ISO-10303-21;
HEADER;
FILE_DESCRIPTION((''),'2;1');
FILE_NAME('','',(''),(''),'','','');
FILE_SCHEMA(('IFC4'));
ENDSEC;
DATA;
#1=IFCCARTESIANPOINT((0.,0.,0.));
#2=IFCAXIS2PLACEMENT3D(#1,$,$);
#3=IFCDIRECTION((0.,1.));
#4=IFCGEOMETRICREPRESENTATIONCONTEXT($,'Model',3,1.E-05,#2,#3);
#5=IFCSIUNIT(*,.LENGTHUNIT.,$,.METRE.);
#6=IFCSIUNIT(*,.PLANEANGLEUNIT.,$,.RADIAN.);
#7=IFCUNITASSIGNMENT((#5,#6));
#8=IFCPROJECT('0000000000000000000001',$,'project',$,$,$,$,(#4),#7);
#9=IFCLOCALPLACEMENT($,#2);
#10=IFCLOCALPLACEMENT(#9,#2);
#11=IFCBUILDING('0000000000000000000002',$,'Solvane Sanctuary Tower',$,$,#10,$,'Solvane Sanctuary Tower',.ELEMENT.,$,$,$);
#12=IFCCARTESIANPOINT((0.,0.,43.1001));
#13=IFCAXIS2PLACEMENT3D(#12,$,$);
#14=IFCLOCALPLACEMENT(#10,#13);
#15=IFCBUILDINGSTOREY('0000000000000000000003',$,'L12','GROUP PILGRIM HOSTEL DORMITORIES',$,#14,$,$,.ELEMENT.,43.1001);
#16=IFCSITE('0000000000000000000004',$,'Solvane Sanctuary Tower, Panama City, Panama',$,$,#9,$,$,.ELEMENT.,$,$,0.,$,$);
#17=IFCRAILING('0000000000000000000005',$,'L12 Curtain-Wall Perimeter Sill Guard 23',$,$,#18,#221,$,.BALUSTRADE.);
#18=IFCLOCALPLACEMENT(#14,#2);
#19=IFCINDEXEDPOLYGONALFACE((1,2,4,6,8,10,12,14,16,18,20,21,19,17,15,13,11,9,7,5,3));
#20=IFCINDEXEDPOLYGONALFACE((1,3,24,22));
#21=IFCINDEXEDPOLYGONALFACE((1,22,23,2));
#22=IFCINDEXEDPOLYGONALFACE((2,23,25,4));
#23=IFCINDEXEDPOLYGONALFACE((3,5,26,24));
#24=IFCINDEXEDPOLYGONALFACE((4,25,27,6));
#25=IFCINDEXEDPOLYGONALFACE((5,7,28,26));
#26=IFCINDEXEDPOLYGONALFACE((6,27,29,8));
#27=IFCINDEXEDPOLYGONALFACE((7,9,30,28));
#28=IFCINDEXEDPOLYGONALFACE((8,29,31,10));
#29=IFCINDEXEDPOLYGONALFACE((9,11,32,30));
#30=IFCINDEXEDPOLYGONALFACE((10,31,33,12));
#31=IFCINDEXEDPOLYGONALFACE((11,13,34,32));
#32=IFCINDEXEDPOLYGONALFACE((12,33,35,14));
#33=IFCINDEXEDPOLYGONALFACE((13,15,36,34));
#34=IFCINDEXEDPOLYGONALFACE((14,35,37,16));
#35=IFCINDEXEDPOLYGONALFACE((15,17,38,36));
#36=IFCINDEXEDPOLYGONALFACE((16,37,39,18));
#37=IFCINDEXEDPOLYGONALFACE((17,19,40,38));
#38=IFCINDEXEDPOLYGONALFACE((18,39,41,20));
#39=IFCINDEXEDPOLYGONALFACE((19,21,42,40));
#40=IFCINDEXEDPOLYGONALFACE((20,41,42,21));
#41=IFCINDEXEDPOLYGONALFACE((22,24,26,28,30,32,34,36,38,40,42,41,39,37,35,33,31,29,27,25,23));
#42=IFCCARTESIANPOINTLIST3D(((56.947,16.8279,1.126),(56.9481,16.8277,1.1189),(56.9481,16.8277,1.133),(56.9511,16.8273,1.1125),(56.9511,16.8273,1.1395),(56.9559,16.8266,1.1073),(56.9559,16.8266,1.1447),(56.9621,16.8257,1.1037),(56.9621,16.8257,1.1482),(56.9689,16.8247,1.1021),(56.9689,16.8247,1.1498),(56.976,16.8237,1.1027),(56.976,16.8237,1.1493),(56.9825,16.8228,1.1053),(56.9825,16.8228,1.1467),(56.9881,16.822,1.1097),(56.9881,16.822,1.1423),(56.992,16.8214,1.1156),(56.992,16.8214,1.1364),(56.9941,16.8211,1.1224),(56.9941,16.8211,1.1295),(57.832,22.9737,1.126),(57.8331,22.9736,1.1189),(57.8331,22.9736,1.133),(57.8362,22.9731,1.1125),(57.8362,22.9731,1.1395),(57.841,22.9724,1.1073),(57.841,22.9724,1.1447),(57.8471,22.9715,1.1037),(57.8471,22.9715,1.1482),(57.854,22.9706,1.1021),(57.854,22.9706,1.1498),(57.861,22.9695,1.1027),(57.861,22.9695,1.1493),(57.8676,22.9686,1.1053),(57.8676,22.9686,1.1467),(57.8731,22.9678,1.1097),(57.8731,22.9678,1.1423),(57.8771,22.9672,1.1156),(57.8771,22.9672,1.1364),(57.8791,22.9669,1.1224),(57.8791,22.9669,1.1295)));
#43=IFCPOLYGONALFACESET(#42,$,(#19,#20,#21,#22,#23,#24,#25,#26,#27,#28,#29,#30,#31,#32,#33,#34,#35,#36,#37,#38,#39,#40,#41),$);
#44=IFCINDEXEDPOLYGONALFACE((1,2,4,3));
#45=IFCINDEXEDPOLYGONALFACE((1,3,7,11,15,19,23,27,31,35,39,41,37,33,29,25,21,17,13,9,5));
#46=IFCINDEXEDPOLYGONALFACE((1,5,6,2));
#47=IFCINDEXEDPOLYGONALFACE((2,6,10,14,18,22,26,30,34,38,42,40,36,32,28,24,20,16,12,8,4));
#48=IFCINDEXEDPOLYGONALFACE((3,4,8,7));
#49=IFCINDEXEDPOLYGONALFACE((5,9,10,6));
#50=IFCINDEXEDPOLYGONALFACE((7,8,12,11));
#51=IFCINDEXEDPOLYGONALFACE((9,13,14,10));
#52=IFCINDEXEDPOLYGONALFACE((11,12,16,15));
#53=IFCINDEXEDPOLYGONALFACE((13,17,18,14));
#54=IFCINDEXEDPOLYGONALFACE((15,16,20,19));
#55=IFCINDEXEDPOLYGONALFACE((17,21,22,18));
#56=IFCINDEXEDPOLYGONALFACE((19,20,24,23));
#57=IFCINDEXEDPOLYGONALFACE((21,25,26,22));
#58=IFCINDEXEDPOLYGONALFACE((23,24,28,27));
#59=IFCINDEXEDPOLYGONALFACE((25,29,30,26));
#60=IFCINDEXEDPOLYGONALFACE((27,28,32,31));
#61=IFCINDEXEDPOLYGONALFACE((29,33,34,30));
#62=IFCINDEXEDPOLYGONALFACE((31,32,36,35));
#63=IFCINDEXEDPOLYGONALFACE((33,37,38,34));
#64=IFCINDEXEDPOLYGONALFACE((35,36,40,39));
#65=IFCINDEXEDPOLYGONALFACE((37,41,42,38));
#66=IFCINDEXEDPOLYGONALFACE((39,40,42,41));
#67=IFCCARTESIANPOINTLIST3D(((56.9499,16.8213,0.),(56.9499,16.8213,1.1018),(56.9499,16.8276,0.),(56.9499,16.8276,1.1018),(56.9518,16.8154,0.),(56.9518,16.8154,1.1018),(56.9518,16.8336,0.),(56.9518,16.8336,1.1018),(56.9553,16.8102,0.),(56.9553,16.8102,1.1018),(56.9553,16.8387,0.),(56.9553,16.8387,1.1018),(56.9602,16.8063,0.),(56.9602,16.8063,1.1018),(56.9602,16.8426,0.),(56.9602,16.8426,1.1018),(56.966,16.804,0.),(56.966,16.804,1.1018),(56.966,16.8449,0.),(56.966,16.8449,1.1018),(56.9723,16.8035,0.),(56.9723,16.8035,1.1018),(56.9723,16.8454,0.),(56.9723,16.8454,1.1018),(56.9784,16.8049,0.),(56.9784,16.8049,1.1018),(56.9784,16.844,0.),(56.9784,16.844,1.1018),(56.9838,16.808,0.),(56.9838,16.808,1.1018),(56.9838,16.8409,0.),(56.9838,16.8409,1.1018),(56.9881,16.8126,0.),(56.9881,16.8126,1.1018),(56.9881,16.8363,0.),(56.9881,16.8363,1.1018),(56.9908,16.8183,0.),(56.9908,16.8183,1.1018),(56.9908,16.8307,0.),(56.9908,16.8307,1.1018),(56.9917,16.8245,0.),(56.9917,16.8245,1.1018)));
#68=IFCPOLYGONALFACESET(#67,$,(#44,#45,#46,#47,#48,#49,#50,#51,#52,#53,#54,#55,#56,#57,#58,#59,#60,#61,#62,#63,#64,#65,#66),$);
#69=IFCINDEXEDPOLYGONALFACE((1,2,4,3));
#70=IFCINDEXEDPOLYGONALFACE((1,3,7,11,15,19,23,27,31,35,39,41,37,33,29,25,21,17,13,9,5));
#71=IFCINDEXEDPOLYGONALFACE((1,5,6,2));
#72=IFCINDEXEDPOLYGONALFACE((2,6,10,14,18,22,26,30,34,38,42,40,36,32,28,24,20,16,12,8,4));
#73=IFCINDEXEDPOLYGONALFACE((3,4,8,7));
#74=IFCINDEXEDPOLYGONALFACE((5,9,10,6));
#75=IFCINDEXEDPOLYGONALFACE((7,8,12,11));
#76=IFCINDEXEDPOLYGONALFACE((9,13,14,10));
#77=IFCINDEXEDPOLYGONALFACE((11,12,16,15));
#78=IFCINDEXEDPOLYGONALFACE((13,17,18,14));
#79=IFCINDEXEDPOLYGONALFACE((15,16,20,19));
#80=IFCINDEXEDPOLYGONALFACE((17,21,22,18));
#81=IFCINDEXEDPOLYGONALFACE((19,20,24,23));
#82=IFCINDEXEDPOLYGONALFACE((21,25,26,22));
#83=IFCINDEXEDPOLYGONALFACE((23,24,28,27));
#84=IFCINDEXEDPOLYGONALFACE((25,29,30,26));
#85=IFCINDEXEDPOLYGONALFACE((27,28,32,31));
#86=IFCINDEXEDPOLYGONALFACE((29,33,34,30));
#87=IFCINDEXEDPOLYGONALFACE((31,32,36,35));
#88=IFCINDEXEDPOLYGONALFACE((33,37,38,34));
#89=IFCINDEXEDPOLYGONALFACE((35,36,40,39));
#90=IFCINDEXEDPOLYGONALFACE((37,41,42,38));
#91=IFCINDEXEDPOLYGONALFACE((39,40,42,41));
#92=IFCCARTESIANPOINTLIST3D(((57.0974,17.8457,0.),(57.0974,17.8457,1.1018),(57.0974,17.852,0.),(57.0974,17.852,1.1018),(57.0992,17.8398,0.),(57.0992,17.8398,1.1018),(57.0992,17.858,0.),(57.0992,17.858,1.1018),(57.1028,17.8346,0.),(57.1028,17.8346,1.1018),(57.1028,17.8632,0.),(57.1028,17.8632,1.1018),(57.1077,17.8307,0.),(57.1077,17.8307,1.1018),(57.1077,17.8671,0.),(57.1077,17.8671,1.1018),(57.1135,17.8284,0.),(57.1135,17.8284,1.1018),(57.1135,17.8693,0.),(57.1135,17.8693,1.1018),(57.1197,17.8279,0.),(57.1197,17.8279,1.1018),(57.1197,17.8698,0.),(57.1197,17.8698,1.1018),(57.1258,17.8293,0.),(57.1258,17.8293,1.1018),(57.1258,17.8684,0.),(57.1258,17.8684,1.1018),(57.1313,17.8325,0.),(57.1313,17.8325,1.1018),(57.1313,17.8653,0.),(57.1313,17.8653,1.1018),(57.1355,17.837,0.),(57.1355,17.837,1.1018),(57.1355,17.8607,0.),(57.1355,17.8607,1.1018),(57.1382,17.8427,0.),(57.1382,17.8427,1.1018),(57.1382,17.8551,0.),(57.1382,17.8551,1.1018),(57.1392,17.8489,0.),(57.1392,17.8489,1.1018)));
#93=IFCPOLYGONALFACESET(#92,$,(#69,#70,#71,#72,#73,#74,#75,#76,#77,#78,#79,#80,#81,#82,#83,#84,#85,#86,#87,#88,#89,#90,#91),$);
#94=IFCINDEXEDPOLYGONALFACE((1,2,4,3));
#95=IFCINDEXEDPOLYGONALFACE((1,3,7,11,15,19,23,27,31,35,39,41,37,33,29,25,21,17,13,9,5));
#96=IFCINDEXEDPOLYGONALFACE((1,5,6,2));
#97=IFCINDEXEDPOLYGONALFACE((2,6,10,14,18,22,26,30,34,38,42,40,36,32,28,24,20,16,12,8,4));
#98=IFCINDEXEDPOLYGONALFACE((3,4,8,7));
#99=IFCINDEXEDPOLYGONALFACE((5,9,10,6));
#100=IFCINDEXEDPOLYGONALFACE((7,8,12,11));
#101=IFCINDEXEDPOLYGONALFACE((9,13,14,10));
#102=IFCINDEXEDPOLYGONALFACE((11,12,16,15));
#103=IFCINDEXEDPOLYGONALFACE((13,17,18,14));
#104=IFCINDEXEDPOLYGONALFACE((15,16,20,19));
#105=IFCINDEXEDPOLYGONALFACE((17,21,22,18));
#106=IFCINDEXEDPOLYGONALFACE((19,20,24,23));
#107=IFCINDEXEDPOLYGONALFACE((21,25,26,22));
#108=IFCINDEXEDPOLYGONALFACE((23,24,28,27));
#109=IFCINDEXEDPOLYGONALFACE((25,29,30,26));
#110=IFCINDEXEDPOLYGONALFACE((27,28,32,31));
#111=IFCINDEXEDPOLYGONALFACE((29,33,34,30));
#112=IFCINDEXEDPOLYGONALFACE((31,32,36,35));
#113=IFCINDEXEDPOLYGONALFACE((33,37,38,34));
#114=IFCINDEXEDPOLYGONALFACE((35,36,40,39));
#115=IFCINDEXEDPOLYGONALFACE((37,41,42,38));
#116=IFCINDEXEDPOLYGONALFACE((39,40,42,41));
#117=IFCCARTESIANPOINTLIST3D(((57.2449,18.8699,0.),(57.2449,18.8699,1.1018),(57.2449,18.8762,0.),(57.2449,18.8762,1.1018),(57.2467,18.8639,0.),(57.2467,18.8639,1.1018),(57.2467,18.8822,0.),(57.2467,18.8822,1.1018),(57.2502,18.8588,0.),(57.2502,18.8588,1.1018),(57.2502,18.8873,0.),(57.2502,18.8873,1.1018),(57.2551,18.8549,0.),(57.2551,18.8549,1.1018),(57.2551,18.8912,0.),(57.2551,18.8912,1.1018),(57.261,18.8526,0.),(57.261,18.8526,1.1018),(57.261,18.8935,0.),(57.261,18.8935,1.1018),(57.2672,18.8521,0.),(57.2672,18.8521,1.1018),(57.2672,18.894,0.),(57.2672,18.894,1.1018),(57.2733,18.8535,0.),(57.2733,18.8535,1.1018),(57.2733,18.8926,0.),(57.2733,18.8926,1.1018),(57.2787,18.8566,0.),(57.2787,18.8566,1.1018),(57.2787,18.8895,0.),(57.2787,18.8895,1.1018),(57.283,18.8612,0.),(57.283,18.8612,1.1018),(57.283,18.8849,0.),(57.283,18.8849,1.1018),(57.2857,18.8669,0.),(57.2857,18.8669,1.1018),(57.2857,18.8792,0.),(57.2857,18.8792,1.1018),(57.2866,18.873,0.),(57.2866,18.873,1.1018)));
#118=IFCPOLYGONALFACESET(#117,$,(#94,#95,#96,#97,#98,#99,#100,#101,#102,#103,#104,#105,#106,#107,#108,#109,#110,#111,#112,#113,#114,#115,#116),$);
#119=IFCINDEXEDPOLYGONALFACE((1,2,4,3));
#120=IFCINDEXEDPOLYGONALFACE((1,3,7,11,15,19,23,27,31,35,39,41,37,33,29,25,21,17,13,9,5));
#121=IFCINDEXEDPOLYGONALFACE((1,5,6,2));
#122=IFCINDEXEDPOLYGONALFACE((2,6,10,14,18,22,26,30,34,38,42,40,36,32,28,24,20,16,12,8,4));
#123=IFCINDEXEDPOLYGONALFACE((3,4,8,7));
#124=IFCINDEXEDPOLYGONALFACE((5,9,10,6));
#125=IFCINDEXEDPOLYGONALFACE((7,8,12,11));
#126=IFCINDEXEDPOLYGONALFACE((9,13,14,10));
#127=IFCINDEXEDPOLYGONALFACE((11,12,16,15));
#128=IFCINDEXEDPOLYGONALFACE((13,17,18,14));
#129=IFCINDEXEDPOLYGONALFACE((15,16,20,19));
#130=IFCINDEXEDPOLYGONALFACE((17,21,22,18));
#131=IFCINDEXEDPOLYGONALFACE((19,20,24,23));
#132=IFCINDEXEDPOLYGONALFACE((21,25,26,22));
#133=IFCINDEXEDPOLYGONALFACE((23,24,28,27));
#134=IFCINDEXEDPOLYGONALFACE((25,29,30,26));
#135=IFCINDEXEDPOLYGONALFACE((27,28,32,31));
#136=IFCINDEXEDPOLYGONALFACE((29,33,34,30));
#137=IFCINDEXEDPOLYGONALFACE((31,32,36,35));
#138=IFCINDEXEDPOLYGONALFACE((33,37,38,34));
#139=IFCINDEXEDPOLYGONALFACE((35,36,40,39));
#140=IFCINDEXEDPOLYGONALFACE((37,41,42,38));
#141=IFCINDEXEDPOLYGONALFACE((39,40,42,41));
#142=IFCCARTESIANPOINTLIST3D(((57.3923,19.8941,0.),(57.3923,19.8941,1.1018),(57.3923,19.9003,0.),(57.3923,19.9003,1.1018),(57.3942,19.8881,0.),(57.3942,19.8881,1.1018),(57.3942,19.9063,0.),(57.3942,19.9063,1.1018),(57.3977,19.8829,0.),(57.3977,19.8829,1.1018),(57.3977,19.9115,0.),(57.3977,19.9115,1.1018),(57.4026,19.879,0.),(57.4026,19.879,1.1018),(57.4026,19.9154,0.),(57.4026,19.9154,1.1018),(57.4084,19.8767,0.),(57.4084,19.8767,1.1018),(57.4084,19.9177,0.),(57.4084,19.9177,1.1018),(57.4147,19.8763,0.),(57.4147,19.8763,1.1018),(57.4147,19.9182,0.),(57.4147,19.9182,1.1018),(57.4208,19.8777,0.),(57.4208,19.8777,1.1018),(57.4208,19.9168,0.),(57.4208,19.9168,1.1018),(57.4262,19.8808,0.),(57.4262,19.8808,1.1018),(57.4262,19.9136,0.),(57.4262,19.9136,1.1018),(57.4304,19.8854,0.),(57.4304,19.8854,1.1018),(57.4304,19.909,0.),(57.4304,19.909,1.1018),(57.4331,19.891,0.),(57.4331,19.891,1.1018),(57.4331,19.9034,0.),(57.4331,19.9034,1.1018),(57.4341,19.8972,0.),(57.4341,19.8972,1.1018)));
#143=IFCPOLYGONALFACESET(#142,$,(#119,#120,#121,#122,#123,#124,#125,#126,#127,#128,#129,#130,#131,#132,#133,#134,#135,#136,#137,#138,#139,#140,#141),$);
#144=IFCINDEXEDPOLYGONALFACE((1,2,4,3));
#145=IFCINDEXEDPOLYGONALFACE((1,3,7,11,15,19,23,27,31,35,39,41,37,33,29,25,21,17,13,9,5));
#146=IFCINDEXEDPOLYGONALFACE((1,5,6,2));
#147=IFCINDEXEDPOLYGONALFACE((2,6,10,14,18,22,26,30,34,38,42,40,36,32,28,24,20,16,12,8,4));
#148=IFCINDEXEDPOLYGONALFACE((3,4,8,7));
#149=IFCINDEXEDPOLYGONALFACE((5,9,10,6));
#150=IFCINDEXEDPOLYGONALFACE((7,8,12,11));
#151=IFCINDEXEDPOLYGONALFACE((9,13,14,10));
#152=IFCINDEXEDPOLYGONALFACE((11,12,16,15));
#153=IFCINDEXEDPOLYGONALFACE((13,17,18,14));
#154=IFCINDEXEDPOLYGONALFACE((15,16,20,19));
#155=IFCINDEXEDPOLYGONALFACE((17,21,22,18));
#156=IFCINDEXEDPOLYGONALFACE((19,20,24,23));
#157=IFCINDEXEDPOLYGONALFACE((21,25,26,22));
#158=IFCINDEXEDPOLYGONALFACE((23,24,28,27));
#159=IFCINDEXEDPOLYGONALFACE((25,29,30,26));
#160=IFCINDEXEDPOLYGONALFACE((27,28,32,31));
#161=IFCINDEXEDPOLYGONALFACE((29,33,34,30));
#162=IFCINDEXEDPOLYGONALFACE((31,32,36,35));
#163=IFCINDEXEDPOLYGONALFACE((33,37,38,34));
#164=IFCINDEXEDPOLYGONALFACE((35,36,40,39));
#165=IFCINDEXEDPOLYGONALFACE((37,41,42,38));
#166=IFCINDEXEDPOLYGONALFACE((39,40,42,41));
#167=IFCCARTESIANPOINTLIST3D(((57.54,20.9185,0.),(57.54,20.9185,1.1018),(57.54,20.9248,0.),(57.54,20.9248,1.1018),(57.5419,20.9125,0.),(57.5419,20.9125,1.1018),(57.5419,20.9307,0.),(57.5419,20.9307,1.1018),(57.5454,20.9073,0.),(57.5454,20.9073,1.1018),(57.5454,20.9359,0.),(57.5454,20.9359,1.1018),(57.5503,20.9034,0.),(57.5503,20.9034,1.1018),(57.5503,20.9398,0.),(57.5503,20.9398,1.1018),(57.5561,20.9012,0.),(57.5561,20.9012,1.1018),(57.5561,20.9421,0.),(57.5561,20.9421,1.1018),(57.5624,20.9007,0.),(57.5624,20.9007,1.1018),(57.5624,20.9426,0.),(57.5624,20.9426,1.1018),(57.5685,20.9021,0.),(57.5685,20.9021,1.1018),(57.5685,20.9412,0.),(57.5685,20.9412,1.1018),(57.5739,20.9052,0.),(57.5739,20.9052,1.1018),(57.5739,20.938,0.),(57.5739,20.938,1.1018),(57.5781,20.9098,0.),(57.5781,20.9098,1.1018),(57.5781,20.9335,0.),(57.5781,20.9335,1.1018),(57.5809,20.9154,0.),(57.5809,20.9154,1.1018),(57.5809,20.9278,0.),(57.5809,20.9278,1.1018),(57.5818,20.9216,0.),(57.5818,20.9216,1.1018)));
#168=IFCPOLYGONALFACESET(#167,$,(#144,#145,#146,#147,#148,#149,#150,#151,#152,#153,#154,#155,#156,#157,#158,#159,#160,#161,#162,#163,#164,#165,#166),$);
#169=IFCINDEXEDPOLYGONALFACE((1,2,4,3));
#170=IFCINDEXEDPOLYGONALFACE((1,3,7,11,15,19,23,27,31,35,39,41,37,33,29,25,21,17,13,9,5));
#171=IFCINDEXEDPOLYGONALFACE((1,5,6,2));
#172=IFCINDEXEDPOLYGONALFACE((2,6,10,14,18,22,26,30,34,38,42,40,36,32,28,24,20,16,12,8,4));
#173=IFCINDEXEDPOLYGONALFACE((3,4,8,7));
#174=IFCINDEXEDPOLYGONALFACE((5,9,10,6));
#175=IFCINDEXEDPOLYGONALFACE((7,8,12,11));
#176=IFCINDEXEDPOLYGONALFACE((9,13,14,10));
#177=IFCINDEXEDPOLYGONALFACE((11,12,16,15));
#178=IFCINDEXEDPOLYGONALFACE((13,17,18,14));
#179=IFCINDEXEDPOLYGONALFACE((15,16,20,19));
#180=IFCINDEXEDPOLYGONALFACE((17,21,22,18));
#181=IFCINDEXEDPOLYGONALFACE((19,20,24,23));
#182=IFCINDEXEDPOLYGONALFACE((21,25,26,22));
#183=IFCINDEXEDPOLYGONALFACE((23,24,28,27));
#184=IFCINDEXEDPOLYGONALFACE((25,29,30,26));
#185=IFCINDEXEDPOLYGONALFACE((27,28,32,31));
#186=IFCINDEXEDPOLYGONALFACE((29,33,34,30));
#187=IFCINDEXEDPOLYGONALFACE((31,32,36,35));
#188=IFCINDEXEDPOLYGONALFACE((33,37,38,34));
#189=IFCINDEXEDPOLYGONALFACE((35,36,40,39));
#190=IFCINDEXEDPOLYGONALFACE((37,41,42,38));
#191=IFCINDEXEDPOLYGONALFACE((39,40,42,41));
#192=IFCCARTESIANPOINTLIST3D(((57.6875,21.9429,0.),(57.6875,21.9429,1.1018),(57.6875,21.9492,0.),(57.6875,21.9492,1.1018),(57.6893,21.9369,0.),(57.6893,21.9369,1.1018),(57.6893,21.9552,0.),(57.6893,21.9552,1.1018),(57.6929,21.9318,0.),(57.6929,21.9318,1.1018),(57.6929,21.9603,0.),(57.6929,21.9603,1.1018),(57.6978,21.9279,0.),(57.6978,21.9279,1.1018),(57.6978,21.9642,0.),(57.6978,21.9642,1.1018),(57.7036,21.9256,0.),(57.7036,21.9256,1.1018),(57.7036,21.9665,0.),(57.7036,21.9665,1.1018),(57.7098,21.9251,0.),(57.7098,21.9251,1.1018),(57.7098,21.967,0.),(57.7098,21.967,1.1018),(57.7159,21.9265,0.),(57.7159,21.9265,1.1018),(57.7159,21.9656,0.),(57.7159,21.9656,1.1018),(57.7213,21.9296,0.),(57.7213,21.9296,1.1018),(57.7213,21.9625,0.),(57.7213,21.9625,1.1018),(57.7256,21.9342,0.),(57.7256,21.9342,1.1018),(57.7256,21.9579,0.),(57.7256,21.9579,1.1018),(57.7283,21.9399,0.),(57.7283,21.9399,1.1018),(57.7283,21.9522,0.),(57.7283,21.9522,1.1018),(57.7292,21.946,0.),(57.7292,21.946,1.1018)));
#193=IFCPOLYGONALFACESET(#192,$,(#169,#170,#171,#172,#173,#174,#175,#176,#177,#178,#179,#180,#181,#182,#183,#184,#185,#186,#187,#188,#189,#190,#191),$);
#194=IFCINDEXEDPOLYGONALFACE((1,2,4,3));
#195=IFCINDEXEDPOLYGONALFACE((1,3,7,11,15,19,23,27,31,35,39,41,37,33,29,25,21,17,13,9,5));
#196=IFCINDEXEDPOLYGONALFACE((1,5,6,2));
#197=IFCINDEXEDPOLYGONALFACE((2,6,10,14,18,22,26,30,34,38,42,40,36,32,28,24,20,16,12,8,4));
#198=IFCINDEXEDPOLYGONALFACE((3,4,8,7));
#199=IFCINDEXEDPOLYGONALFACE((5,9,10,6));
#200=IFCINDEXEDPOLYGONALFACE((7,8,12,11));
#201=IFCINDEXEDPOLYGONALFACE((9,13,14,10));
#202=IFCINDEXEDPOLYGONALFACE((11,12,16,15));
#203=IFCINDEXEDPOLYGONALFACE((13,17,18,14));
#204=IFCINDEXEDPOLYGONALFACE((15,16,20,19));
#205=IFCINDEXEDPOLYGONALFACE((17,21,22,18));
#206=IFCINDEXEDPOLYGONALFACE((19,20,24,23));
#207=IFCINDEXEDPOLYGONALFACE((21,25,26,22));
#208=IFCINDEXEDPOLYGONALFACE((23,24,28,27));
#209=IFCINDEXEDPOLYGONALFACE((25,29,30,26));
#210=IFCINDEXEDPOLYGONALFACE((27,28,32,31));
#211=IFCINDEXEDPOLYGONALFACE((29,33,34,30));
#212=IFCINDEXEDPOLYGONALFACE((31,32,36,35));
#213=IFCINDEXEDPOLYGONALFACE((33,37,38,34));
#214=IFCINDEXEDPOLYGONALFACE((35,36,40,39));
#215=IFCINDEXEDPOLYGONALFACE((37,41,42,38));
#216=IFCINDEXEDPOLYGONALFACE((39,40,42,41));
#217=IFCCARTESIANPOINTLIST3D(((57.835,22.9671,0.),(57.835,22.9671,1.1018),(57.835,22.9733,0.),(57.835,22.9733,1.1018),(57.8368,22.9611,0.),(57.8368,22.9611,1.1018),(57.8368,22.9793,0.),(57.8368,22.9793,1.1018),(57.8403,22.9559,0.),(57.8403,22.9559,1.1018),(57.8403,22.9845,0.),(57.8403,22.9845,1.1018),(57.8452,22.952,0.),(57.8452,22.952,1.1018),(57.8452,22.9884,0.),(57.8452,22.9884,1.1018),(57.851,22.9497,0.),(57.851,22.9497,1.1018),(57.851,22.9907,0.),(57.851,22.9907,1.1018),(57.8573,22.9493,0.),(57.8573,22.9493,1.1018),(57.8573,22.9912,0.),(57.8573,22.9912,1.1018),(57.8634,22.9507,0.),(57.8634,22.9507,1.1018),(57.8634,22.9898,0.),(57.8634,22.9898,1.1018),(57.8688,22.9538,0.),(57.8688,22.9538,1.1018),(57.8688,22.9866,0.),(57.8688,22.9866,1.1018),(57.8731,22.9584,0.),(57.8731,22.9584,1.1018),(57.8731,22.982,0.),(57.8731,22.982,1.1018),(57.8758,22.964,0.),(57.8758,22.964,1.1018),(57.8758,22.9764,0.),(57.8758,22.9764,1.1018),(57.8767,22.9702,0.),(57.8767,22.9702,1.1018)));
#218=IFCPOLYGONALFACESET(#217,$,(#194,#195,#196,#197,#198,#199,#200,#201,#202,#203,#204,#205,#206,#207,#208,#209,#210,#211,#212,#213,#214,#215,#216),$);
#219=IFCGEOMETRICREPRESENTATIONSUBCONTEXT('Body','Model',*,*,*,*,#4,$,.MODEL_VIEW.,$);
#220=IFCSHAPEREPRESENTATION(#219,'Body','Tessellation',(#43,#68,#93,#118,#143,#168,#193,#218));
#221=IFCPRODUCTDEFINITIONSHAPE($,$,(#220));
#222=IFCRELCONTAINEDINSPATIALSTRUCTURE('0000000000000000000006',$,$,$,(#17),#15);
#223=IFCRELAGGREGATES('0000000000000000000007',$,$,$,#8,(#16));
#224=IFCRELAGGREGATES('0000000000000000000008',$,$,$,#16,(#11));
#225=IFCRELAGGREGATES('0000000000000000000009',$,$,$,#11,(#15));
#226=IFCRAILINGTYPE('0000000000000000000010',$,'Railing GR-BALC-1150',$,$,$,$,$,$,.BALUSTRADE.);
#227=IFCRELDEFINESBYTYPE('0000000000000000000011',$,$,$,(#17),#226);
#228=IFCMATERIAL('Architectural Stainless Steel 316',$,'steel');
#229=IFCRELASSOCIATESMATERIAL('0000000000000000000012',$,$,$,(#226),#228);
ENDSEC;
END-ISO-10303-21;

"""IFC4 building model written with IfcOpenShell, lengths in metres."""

from ifc_helpers import new_model, si_unit, direction, frame, origin, origin_2d, place, context, subcontext, project, spatial, circle, extrude, material, type_object, element, save


model = new_model("IFC4")

# Units and contexts
model_context = context("Model", 3, precision=1e-05, world=origin(), true_north=direction((0.0, 1.0)))
body_context = subcontext(model_context, "Body", "Model", "MODEL_VIEW")
ifc_project = project(units=[si_unit("LENGTHUNIT", "METRE"), si_unit("PLANEANGLEUNIT", "RADIAN")], contexts=[model_context])

# Site, building, storey
site_placement = place(None, origin())
site = spatial("IfcSite", under=ifc_project, at=site_placement, Name="Solvane Sanctuary Tower, Panama City, Panama", CompositionType="ELEMENT", RefElevation=0.0)
building_placement = place(site_placement, origin())
building = spatial("IfcBuilding", under=site, at=building_placement, Name="Solvane Sanctuary Tower", LongName="Solvane Sanctuary Tower", CompositionType="ELEMENT")
storey_placement = place(building_placement, frame((0.0, 0.0, 43.1001)))
storey = spatial("IfcBuildingStorey", under=building, at=storey_placement, Name="L12", Description="GROUP PILGRIM HOSTEL DORMITORIES", CompositionType="ELEMENT", Elevation=43.1001)

# Shared definitions
ifc_material_1 = material(Name="Architectural Stainless Steel 316", Category="steel")

# Railing
railing_type_1 = type_object("IfcRailingType", Name="Railing GR-BALC-1150", PredefinedType="BALUSTRADE", material=ifc_material_1)
railing_1_placement = place(storey_placement, frame((56.9707, 16.8245, 0.0)))
element("IfcRailing", 1, at=railing_1_placement, inside=storey, type_object=railing_type_1, Name="L12 Curtain-Wall Perimeter Sill Guard 23", PredefinedType="BALUSTRADE", context=body_context, shape_type="SweptSolid", body=[
    extrude(circle(Radius=0.0239, at=origin_2d()), frame((0.0, 0.0, 1.126), z_axis=(0.142533, 0.98979, 0.0), x_axis=(-0.98979, 0.142533, 0.0)), (0.0, 0.0, 1.0), 6.2092),
    extrude(circle(Radius=0.021, at=origin_2d()), origin(), (0.0, 0.0, 1.0), 1.1018),
    extrude(circle(Radius=0.021, at=origin_2d()), frame((0.1475, 1.0244, 0.0)), (0.0, 0.0, 1.0), 1.1018),
    extrude(circle(Radius=0.021, at=origin_2d()), frame((0.2949, 2.0486, 0.0)), (0.0, 0.0, 1.0), 1.1018),
    extrude(circle(Radius=0.021, at=origin_2d()), frame((0.4424, 3.0728, 0.0)), (0.0, 0.0, 1.0), 1.1018),
    extrude(circle(Radius=0.021, at=origin_2d()), frame((0.5901, 4.0972, 0.0)), (0.0, 0.0, 1.0), 1.1018),
    extrude(circle(Radius=0.021, at=origin_2d()), frame((0.7375, 5.1216, 0.0)), (0.0, 0.0, 1.0), 1.1018),
    extrude(circle(Radius=0.021, at=origin_2d()), frame((0.885, 6.1458, 0.0)), (0.0, 0.0, 1.0), 1.1018),
])

save(model, "model.ifc")
